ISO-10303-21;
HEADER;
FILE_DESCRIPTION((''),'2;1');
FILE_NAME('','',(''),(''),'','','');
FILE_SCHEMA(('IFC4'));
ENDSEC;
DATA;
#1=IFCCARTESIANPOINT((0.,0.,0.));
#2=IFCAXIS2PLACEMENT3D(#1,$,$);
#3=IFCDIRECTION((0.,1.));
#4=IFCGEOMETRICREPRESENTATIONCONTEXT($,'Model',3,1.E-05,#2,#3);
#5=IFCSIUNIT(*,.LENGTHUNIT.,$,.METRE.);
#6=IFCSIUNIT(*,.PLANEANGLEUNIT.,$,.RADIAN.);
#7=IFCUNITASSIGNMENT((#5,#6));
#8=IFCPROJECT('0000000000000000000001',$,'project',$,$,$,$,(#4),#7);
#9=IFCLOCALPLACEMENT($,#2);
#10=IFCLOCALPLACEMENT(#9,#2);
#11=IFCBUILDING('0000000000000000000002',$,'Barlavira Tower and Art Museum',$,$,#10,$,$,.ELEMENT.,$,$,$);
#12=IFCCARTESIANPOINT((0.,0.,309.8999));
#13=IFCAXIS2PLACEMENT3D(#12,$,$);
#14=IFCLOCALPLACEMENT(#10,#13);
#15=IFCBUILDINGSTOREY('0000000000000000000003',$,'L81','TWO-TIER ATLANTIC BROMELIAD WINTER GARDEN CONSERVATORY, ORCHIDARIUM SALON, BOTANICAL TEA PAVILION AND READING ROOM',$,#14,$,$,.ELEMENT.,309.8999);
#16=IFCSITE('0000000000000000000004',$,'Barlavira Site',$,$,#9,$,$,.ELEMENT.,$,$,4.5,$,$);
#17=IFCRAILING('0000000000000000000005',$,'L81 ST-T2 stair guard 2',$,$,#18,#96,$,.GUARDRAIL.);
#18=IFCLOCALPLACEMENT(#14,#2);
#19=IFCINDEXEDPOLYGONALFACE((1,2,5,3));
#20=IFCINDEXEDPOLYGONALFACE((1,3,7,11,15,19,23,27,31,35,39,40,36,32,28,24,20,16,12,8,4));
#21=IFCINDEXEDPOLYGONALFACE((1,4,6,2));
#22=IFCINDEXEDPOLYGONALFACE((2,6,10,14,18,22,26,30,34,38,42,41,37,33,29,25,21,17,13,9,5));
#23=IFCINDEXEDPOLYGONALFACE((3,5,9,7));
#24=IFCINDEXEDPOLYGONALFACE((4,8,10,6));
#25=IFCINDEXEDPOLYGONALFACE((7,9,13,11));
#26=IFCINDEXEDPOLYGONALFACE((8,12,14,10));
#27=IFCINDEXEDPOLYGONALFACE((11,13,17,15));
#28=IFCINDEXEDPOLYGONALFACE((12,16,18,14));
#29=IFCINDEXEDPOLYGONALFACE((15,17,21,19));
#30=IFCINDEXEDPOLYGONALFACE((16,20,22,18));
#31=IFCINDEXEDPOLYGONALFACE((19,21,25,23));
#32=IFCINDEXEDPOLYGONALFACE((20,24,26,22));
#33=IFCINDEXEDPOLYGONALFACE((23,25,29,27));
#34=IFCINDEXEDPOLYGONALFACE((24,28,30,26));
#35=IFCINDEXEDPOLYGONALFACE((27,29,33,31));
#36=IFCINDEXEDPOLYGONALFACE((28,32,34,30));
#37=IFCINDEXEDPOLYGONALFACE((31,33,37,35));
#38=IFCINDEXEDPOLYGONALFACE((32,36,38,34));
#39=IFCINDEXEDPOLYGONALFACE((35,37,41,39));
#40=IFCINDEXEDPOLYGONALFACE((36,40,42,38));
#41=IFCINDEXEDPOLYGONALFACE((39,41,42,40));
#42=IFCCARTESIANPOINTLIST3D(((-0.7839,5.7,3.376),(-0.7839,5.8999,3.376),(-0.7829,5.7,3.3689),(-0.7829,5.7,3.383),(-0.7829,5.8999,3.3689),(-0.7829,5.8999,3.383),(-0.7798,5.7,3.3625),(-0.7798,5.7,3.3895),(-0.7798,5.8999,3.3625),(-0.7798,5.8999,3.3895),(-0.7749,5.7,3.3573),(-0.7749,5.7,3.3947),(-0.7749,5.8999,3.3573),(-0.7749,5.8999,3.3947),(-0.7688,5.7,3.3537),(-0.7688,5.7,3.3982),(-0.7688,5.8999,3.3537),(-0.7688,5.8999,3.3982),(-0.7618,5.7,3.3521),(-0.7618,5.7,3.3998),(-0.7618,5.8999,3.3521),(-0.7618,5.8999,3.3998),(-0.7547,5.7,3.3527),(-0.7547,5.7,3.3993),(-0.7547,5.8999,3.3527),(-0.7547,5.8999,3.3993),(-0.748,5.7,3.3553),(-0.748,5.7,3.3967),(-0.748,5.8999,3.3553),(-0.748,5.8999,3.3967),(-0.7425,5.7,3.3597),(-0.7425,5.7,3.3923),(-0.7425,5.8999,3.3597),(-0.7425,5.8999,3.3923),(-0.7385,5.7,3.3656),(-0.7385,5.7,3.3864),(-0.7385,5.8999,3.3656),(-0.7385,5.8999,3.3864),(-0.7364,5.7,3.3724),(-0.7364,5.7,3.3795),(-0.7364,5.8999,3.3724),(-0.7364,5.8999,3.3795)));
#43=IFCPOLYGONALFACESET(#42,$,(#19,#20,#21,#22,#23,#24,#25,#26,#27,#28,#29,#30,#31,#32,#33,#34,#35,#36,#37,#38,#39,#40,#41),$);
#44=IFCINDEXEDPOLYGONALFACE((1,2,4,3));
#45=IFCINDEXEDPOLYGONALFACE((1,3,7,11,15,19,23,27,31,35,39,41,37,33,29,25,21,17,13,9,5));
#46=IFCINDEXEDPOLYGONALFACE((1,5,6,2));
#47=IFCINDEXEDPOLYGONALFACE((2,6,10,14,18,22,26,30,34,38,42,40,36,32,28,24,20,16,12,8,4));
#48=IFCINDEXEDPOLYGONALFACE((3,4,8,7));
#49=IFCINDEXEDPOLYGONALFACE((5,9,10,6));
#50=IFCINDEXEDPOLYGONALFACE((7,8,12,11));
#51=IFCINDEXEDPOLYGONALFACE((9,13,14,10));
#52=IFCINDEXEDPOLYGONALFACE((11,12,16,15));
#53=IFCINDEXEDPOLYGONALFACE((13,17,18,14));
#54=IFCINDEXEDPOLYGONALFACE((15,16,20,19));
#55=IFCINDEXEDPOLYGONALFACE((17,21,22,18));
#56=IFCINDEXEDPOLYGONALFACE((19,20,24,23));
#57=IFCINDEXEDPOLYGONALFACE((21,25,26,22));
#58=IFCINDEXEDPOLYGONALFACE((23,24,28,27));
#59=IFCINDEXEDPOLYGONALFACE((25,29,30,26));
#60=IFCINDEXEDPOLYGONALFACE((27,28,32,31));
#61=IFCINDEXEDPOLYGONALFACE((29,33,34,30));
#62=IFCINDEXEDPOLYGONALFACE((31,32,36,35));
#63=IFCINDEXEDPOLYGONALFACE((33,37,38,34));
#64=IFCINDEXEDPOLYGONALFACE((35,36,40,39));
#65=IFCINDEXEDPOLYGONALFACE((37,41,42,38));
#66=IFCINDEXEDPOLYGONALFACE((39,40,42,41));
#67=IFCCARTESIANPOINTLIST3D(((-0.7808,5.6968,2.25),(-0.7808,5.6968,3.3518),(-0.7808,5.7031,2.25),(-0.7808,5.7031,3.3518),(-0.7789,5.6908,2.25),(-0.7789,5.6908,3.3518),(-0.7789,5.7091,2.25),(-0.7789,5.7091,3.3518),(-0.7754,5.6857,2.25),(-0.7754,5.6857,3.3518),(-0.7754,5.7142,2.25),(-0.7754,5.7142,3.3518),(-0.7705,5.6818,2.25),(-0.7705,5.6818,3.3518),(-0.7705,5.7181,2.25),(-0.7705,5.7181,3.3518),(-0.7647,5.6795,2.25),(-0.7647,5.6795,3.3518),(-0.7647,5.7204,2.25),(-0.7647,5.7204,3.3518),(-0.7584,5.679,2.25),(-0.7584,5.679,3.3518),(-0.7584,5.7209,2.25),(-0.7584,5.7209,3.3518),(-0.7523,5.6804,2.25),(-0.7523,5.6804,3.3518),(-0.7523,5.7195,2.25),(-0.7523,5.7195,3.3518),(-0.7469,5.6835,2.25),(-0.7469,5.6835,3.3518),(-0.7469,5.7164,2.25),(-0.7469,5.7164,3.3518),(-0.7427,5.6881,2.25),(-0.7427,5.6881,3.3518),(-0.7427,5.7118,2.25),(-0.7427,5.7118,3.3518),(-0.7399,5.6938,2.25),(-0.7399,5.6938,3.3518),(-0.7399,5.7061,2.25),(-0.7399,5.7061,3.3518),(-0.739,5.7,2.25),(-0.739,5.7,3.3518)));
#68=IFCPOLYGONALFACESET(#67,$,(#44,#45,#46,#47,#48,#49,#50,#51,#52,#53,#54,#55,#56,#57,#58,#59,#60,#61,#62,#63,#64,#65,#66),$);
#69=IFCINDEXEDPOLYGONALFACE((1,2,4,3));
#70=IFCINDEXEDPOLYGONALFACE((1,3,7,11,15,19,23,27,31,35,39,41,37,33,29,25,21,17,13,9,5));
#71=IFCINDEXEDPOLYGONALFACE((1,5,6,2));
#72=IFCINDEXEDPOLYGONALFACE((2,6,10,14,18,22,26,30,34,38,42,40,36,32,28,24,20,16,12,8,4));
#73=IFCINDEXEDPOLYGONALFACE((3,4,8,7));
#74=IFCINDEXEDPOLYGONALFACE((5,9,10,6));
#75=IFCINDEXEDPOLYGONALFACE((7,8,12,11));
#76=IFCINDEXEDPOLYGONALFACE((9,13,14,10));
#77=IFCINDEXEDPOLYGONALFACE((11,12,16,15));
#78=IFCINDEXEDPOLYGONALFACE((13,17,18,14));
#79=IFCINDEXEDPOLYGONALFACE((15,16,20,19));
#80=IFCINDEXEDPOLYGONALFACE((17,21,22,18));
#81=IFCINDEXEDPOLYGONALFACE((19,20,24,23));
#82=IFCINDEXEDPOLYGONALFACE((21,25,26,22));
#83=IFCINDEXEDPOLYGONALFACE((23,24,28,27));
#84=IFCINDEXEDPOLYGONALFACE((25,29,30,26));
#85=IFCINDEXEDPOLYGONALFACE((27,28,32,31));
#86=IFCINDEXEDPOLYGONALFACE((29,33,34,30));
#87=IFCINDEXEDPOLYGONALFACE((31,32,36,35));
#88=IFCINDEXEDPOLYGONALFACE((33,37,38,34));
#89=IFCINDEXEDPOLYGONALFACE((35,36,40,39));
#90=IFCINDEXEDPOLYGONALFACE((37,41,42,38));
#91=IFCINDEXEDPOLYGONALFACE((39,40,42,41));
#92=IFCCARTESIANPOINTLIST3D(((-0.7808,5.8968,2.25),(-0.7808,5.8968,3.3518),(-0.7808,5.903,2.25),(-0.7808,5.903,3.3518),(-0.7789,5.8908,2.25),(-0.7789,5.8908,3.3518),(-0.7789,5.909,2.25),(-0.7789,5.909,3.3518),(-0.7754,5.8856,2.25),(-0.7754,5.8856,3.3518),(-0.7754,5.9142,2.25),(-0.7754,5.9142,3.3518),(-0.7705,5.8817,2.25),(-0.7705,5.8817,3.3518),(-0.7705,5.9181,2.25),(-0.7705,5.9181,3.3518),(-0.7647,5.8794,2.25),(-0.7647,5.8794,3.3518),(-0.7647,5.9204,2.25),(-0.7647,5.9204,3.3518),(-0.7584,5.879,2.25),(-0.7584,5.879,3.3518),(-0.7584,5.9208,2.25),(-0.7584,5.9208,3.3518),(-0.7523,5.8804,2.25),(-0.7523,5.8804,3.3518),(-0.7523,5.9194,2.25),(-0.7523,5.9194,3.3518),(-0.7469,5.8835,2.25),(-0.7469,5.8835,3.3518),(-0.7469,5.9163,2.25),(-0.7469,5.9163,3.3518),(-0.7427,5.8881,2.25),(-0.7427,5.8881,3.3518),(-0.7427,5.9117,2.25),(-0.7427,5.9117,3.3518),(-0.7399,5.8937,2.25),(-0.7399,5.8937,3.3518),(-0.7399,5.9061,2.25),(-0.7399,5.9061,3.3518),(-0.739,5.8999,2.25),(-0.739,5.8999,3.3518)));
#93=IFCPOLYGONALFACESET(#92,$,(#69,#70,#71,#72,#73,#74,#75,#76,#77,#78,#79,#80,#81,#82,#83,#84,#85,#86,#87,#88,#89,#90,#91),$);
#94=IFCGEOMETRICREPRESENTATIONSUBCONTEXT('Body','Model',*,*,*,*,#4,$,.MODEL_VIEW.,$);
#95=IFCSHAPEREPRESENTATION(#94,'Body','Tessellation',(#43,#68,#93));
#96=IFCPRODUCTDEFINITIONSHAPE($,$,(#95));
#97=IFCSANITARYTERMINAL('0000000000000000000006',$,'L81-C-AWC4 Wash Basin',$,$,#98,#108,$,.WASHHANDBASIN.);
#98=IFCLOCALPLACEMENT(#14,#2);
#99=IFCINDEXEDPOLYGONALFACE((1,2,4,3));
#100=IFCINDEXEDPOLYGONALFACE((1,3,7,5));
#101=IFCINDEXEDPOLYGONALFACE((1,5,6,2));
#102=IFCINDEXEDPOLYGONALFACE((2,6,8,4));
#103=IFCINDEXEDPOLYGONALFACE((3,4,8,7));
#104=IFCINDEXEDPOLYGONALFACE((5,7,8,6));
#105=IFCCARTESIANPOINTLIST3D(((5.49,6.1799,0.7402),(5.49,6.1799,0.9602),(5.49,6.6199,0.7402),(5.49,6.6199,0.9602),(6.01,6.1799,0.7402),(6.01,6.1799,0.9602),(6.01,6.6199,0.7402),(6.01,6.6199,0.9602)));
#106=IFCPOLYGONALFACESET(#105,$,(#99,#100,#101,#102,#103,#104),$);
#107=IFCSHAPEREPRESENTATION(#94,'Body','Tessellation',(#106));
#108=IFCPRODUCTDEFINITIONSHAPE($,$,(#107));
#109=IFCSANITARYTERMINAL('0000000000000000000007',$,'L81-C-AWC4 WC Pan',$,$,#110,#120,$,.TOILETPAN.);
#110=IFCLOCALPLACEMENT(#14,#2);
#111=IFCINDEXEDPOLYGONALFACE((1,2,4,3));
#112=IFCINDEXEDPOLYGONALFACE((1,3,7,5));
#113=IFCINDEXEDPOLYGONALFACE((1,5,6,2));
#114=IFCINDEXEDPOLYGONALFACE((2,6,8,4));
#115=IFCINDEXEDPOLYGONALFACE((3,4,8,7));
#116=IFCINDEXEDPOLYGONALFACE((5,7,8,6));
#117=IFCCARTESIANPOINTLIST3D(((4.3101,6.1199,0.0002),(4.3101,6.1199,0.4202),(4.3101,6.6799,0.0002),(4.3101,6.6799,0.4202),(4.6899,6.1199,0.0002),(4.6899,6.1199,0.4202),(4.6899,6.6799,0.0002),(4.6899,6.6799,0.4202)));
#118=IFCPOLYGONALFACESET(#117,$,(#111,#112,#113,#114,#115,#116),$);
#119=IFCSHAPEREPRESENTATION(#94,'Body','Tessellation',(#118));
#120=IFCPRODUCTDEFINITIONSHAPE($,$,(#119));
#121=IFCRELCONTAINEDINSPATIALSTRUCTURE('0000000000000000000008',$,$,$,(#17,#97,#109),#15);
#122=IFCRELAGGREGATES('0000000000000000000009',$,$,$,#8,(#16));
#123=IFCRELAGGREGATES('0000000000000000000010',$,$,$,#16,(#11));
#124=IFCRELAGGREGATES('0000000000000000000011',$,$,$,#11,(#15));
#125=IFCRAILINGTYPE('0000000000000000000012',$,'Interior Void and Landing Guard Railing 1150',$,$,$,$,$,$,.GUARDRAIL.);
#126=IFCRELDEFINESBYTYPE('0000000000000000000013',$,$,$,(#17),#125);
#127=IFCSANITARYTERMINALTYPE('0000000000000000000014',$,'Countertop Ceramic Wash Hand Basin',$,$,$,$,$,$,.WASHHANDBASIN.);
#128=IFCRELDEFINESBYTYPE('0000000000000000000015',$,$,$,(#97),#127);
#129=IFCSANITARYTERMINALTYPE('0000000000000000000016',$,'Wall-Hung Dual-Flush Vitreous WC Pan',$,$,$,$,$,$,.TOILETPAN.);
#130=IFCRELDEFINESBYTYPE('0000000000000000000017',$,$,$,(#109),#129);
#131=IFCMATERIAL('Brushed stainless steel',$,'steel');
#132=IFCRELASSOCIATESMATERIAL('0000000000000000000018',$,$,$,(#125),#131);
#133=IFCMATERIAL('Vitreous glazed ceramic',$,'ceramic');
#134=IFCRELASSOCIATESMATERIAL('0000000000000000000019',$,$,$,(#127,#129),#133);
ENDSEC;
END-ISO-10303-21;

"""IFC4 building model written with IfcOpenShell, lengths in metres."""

from ifc_helpers import new_model, si_unit, direction, frame, origin, origin_2d, place, context, subcontext, project, spatial, rectangle, circle, extrude, material, type_object, element, save


model = new_model("IFC4")

# Units and contexts
model_context = context("Model", 3, precision=1e-05, world=origin(), true_north=direction((0.0, 1.0)))
body_context = subcontext(model_context, "Body", "Model", "MODEL_VIEW")
ifc_project = project(units=[si_unit("LENGTHUNIT", "METRE"), si_unit("PLANEANGLEUNIT", "RADIAN")], contexts=[model_context])

# Site, building, storey
site_placement = place(None, origin())
site = spatial("IfcSite", under=ifc_project, at=site_placement, Name="Barlavira Site", CompositionType="ELEMENT", RefElevation=4.5)
building_placement = place(site_placement, origin())
building = spatial("IfcBuilding", under=site, at=building_placement, Name="Barlavira Tower and Art Museum", CompositionType="ELEMENT")
storey_placement = place(building_placement, frame((0.0, 0.0, 309.8999)))
storey = spatial("IfcBuildingStorey", under=building, at=storey_placement, Name="L81", Description="TWO-TIER ATLANTIC BROMELIAD WINTER GARDEN CONSERVATORY, ORCHIDARIUM SALON, BOTANICAL TEA PAVILION AND READING ROOM", CompositionType="ELEMENT", Elevation=309.8999)

# Railing
ifc_material_1 = material(Name="Brushed stainless steel", Category="steel")
railing_type = type_object("IfcRailingType", Name="Interior Void and Landing Guard Railing 1150", PredefinedType="GUARDRAIL", material=ifc_material_1)
railing_placement = place(storey_placement, frame((-0.76, 5.7, 2.25)))
element("IfcRailing", 1, at=railing_placement, inside=storey, type_object=railing_type, Name="L81 ST-T2 stair guard 2", PredefinedType="GUARDRAIL", context=body_context, shape_type="SweptSolid", body=[
    extrude(circle(Radius=0.0239, at=origin_2d()), frame((0.0, 0.0, 1.126), z_axis=(0.0, 1.0, 0.0), x_axis=(-1.0, 0.0, 0.0)), (0.0, 0.0, 1.0), 0.2),
    extrude(circle(Radius=0.021, at=origin_2d()), origin(), (0.0, 0.0, 1.0), 1.1018),
    extrude(circle(Radius=0.021, at=origin_2d()), frame((0.0, 0.2, 0.0)), (0.0, 0.0, 1.0), 1.1018),
])

# Sanitary terminals
ifc_material_2 = material(Name="Vitreous glazed ceramic", Category="ceramic")
sanitary_terminal_type_1 = type_object("IfcSanitaryTerminalType", Name="Countertop Ceramic Wash Hand Basin", PredefinedType="WASHHANDBASIN", material=ifc_material_2)
sanitary_terminal_1_placement = place(storey_placement, frame((5.75, 6.3999, 0.7402), z_axis=(0.0, 0.0, 1.0), x_axis=(1.0, 0.0, 0.0)))
element("IfcSanitaryTerminal", 2, at=sanitary_terminal_1_placement, inside=storey, type_object=sanitary_terminal_type_1, Name="L81-C-AWC4 Wash Basin", PredefinedType="WASHHANDBASIN", context=body_context, shape_type="SweptSolid", body=[
    extrude(rectangle(XDim=0.52, YDim=0.4399, at=origin_2d()), origin(), (0.0, 0.0, 1.0), 0.22),
])
sanitary_terminal_type_2 = type_object("IfcSanitaryTerminalType", Name="Wall-Hung Dual-Flush Vitreous WC Pan", PredefinedType="TOILETPAN", material=ifc_material_2)
sanitary_terminal_2_placement = place(storey_placement, frame((4.5, 6.3999, 0.0002), z_axis=(0.0, 0.0, 1.0), x_axis=(1.0, 0.0, 0.0)))
element("IfcSanitaryTerminal", 3, at=sanitary_terminal_2_placement, inside=storey, type_object=sanitary_terminal_type_2, Name="L81-C-AWC4 WC Pan", PredefinedType="TOILETPAN", context=body_context, shape_type="SweptSolid", body=[
    extrude(rectangle(XDim=0.3799, YDim=0.5601, at=origin_2d()), origin(), (0.0, 0.0, 1.0), 0.4199),
])

save(model, "model.ifc")
